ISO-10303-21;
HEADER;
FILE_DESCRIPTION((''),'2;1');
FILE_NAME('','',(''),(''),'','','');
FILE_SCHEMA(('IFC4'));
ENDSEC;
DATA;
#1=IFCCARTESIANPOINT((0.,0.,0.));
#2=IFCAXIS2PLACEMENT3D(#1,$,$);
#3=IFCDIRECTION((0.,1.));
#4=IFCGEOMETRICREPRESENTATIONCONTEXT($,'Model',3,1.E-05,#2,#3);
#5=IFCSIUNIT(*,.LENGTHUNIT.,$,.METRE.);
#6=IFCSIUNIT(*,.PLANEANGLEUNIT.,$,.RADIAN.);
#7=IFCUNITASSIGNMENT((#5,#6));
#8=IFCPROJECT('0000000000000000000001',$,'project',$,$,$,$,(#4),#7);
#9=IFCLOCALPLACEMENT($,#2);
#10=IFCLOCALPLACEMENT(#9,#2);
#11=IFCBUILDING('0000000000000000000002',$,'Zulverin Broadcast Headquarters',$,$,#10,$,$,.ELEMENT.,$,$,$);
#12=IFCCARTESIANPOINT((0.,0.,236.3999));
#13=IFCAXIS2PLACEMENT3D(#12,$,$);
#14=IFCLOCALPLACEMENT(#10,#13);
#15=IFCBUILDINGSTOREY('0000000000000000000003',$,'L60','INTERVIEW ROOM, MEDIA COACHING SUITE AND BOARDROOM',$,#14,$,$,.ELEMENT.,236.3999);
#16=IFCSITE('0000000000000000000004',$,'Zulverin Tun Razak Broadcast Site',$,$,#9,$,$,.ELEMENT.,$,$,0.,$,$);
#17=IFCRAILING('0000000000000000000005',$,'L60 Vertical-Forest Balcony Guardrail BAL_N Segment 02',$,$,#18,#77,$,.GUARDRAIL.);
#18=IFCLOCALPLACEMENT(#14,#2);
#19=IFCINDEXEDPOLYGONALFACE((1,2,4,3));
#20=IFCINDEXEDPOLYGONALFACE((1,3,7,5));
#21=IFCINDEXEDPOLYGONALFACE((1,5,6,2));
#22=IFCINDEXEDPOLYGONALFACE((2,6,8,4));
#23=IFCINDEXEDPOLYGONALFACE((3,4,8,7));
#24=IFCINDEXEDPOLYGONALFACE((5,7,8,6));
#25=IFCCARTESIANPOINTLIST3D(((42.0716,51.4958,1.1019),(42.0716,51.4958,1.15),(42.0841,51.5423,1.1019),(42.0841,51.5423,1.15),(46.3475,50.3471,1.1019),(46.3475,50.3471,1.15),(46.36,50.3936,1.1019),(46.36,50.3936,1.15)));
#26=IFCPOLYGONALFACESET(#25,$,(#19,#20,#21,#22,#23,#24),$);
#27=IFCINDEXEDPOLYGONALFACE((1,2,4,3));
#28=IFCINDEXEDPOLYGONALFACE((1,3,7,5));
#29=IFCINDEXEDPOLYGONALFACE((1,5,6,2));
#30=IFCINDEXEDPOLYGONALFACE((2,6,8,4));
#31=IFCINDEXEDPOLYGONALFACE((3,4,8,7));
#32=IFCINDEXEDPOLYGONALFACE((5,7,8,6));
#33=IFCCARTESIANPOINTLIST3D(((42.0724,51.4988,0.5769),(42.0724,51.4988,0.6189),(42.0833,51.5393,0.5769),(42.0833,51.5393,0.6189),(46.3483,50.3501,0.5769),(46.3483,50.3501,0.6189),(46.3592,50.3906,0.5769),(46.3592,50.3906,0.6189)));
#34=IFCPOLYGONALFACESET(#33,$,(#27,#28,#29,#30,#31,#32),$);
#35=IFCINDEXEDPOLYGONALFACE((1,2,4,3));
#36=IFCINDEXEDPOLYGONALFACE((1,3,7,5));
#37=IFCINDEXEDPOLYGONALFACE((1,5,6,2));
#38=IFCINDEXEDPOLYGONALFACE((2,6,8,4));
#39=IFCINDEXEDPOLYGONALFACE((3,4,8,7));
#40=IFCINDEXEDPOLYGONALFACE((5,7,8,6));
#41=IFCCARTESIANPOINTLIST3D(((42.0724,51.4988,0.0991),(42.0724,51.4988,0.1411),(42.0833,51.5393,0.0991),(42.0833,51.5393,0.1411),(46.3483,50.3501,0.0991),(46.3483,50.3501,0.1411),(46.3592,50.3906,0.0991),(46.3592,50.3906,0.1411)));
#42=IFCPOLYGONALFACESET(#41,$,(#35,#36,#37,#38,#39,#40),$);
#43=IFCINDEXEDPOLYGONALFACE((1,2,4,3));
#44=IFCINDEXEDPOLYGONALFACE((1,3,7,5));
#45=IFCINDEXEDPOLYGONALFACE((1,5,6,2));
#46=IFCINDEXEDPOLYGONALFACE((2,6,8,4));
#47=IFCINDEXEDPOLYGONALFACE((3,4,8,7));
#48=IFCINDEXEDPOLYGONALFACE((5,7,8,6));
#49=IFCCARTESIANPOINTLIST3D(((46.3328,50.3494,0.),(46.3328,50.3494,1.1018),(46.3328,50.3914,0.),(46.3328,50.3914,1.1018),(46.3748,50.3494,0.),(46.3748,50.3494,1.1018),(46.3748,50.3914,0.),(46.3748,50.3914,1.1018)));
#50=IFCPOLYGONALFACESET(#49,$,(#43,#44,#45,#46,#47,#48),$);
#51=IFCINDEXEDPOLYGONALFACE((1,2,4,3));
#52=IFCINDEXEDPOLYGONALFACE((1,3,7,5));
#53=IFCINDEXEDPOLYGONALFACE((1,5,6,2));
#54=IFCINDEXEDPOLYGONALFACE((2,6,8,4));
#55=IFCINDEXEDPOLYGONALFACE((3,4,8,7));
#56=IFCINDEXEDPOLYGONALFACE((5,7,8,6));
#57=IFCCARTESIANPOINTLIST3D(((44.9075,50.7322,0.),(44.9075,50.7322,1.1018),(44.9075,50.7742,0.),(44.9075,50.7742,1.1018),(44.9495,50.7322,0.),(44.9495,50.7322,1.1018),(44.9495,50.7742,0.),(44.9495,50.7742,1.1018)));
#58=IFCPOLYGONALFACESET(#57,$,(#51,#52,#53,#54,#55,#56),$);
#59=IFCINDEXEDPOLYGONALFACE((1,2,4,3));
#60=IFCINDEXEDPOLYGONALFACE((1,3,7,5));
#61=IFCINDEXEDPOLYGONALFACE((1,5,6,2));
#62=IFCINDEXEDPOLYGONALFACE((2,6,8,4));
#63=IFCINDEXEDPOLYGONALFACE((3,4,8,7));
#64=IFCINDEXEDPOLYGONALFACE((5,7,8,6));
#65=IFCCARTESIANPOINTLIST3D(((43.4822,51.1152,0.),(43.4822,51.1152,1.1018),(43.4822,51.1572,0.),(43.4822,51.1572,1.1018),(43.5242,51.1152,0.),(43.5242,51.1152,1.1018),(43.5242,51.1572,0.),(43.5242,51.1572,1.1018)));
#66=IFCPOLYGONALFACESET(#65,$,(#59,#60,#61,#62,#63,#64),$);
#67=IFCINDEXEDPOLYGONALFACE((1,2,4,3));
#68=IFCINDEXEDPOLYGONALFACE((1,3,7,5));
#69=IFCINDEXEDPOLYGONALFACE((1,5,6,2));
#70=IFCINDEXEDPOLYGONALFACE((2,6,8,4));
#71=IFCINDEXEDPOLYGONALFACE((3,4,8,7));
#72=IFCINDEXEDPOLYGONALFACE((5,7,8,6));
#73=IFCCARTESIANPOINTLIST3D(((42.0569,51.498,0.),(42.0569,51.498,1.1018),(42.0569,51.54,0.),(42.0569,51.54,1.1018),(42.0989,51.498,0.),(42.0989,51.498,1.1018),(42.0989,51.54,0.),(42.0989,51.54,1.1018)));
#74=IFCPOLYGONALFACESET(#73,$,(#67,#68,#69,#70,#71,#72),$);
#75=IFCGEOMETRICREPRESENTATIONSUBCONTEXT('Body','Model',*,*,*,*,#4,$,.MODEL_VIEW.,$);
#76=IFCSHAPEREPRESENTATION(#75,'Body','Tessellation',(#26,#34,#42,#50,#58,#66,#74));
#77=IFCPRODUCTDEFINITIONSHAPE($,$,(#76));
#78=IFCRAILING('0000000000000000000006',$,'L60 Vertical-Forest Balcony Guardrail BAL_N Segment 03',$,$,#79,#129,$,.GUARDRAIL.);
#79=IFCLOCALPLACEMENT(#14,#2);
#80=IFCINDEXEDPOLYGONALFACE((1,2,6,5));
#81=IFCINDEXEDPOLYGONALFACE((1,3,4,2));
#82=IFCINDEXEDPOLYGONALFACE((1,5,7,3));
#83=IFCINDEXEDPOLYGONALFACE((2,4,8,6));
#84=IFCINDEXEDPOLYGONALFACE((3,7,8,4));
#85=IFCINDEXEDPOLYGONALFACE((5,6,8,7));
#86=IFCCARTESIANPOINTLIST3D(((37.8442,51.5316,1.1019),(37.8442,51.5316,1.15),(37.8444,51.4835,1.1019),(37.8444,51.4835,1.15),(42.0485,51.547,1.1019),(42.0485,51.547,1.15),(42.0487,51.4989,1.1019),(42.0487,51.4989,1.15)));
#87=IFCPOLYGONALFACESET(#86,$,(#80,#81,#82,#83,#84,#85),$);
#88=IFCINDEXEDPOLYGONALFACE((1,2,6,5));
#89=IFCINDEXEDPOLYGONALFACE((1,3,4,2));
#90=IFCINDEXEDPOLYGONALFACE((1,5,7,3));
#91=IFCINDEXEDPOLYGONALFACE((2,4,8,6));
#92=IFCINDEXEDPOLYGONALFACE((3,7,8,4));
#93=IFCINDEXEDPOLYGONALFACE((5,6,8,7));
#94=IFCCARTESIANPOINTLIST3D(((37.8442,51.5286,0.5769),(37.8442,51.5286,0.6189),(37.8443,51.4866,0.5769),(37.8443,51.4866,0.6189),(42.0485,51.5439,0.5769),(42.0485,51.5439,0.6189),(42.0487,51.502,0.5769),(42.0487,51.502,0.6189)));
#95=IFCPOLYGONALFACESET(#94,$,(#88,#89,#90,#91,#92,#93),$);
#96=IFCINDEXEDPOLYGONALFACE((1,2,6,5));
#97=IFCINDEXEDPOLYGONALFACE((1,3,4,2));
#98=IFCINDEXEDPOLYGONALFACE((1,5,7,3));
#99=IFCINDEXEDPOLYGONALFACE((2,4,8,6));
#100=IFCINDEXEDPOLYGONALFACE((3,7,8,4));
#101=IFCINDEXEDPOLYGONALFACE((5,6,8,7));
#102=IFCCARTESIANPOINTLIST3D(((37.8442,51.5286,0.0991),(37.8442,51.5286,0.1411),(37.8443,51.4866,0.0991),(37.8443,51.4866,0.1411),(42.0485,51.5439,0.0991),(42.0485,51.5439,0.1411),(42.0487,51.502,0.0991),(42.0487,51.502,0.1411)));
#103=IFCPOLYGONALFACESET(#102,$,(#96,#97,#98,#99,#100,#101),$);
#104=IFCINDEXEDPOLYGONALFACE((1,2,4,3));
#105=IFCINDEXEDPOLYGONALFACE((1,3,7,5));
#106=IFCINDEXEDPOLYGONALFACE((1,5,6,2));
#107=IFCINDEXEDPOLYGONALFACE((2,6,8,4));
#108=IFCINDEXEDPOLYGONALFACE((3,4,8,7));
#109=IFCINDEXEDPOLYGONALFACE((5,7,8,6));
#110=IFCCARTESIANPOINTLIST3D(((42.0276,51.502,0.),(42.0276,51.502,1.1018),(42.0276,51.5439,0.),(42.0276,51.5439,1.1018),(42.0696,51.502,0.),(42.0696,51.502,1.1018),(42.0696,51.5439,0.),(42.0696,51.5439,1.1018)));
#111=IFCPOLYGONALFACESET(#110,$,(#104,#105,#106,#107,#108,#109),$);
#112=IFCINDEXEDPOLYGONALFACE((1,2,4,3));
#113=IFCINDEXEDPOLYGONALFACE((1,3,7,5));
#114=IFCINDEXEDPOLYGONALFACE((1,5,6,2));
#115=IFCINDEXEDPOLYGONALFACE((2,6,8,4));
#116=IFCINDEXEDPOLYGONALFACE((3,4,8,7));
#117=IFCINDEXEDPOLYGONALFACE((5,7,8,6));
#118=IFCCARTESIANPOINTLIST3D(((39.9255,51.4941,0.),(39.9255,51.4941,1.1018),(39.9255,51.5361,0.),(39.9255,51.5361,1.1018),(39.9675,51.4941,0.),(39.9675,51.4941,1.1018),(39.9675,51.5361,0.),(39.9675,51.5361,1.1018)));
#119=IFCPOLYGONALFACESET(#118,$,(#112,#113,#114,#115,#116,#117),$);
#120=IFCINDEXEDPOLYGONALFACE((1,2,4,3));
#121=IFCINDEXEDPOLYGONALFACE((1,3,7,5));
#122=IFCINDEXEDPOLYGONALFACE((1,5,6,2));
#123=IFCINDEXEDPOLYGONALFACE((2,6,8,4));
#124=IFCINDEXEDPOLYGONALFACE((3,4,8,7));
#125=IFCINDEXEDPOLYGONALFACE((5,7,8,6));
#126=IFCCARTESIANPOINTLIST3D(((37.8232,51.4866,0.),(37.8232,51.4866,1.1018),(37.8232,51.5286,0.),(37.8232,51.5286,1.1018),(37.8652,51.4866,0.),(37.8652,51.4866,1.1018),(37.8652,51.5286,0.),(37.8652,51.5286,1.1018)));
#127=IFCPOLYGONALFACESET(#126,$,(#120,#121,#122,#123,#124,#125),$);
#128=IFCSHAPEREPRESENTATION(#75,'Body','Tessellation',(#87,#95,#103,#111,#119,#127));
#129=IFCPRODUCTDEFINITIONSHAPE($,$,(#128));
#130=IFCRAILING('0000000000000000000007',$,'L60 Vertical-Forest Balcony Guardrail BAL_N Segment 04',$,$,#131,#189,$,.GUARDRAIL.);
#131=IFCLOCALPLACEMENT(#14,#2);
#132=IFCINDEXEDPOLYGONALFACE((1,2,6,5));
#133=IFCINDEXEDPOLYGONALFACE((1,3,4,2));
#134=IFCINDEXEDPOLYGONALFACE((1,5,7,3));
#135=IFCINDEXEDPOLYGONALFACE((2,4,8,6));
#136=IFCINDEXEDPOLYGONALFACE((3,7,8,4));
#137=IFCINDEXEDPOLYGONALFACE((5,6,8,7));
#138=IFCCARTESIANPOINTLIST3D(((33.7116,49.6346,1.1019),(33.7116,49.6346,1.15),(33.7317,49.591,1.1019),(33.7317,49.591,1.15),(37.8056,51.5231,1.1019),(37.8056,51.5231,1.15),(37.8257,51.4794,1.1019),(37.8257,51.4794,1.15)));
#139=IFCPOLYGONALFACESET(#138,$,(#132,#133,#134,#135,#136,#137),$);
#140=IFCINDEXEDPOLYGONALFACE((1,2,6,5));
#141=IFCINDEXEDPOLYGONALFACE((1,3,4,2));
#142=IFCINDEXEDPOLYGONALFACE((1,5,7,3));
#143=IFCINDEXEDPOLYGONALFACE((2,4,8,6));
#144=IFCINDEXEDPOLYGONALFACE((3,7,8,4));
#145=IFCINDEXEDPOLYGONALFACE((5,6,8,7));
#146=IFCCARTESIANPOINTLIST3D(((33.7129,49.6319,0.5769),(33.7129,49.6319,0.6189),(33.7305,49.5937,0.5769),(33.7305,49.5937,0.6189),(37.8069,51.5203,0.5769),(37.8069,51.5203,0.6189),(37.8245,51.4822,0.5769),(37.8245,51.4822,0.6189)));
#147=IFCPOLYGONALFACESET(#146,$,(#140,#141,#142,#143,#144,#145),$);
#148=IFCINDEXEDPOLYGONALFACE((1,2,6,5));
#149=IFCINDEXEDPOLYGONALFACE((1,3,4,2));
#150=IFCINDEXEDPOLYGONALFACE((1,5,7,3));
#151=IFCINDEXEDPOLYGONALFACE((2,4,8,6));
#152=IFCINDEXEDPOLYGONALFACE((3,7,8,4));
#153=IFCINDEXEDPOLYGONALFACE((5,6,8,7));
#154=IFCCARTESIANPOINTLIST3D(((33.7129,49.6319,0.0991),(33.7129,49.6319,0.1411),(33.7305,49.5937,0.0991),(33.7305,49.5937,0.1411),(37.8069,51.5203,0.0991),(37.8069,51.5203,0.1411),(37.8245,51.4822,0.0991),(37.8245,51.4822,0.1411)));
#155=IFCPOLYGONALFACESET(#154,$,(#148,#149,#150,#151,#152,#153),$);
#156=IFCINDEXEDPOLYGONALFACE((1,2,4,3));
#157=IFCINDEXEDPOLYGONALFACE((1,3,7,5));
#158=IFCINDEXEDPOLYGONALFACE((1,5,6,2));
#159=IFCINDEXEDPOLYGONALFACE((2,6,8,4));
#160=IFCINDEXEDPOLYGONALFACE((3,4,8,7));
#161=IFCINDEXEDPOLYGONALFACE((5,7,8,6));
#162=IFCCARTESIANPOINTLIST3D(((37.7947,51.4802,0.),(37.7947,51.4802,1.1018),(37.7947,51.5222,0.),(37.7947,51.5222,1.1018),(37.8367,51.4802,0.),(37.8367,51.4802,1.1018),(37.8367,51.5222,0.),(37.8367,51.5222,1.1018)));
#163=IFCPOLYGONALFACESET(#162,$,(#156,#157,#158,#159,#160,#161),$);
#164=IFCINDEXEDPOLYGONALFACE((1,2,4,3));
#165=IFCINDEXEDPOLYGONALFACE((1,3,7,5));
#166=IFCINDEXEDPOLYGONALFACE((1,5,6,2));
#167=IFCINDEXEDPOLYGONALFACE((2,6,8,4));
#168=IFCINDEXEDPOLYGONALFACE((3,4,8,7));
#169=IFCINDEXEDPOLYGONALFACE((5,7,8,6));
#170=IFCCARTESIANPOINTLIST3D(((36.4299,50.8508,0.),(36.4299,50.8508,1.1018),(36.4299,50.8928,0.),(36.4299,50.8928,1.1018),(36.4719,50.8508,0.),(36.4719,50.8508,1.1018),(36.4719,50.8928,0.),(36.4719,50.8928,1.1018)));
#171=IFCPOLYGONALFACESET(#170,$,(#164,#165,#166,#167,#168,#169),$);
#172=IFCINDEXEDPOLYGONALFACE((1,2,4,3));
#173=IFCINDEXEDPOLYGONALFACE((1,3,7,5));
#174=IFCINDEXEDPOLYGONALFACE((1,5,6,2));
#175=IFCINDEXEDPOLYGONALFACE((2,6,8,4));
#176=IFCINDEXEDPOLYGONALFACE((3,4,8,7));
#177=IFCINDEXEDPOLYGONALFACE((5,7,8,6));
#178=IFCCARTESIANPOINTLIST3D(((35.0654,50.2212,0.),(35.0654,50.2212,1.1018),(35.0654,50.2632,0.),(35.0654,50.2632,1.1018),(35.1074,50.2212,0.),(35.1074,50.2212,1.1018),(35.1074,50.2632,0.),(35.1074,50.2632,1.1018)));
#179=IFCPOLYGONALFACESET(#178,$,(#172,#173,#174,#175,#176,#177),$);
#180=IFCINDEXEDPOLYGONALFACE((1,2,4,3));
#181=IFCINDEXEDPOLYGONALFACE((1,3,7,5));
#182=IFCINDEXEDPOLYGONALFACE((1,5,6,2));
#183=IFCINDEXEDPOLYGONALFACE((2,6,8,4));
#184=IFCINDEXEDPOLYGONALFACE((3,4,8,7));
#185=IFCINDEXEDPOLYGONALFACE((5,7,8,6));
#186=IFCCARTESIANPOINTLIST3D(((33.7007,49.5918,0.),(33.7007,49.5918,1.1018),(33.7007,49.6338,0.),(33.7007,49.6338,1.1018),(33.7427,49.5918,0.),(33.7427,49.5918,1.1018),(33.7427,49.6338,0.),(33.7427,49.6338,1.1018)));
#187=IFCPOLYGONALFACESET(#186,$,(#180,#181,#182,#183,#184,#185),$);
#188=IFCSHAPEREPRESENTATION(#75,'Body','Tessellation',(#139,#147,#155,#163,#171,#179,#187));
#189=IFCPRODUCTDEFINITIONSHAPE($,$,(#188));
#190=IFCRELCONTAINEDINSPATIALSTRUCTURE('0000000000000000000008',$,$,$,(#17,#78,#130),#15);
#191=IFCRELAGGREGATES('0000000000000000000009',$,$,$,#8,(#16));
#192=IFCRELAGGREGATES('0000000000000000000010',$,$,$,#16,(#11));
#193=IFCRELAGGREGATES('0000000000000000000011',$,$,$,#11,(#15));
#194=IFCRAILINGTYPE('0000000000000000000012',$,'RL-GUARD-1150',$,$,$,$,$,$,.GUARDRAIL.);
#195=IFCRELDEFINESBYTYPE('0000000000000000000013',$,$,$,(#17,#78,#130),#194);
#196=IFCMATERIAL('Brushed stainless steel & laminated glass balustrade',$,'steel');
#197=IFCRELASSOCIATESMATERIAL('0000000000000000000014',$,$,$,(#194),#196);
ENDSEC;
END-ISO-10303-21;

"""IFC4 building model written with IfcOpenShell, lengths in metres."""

from ifc_helpers import new_model, si_unit, direction, frame, origin, origin_2d, place, context, subcontext, project, spatial, rectangle, extrude, material, type_object, element, save


model = new_model("IFC4")

# Units and contexts
model_context = context("Model", 3, precision=1e-05, world=origin(), true_north=direction((0.0, 1.0)))
body_context = subcontext(model_context, "Body", "Model", "MODEL_VIEW")
ifc_project = project(units=[si_unit("LENGTHUNIT", "METRE"), si_unit("PLANEANGLEUNIT", "RADIAN")], contexts=[model_context])

# Site, building, storey
site_placement = place(None, origin())
site = spatial("IfcSite", under=ifc_project, at=site_placement, Name="Zulverin Tun Razak Broadcast Site", CompositionType="ELEMENT", RefElevation=0.0)
building_placement = place(site_placement, origin())
building = spatial("IfcBuilding", under=site, at=building_placement, Name="Zulverin Broadcast Headquarters", CompositionType="ELEMENT")
storey_placement = place(building_placement, frame((0.0, 0.0, 236.3999)))
storey = spatial("IfcBuildingStorey", under=building, at=storey_placement, Name="L60", Description="INTERVIEW ROOM, MEDIA COACHING SUITE AND BOARDROOM", CompositionType="ELEMENT", Elevation=236.3999)

# Railings
ifc_material_1 = material(Name="Brushed stainless steel & laminated glass balustrade", Category="steel")
railing_type_1 = type_object("IfcRailingType", Name="RL-GUARD-1150", PredefinedType="GUARDRAIL", material=ifc_material_1)
railing_1_placement = place(storey_placement, frame((46.3538, 50.3704, 0.0)))
element("IfcRailing", 1, at=railing_1_placement, inside=storey, type_object=railing_type_1, Name="L60 Vertical-Forest Balcony Guardrail BAL_N Segment 02", PredefinedType="GUARDRAIL", context=body_context, shape_type="SweptSolid", body=[
    extrude(rectangle(XDim=0.0481, YDim=0.0481, at=origin_2d()), frame((0.0, 0.0, 1.126), z_axis=(-0.965758, 0.259443, 0.0), x_axis=(-0.259443, -0.965758, 0.0)), (0.0, 0.0, 1.0), 4.4275),
    extrude(rectangle(XDim=0.042, YDim=0.042, at=origin_2d()), frame((0.0, 0.0, 0.5979), z_axis=(-0.965758, 0.259443, 0.0), x_axis=(-0.259443, -0.965758, 0.0)), (0.0, 0.0, 1.0), 4.4275),
    extrude(rectangle(XDim=0.042, YDim=0.042, at=origin_2d()), frame((0.0, 0.0, 0.1201), z_axis=(-0.965758, 0.259443, 0.0), x_axis=(-0.259443, -0.965758, 0.0)), (0.0, 0.0, 1.0), 4.4275),
    extrude(rectangle(XDim=0.042, YDim=0.042, at=origin_2d()), origin(), (0.0, 0.0, 1.0), 1.1018),
    extrude(rectangle(XDim=0.042, YDim=0.042, at=origin_2d()), frame((-1.4253, 0.3828, 0.0)), (0.0, 0.0, 1.0), 1.1018),
    extrude(rectangle(XDim=0.042, YDim=0.042, at=origin_2d()), frame((-2.8506, 0.7659, 0.0)), (0.0, 0.0, 1.0), 1.1018),
    extrude(rectangle(XDim=0.042, YDim=0.042, at=origin_2d()), frame((-4.2759, 1.1487, 0.0)), (0.0, 0.0, 1.0), 1.1018),
])
railing_2_placement = place(storey_placement, frame((42.0486, 51.5229, 0.0)))
element("IfcRailing", 2, at=railing_2_placement, inside=storey, type_object=railing_type_1, Name="L60 Vertical-Forest Balcony Guardrail BAL_N Segment 03", PredefinedType="GUARDRAIL", context=body_context, shape_type="SweptSolid", body=[
    extrude(rectangle(XDim=0.0481, YDim=0.0481, at=origin_2d()), frame((0.0, 0.0, 1.126), z_axis=(-0.999993, -0.003658, 0.0), x_axis=(0.003658, -0.999993, 0.0)), (0.0, 0.0, 1.0), 4.2043),
    extrude(rectangle(XDim=0.042, YDim=0.042, at=origin_2d()), frame((0.0, 0.0, 0.5979), z_axis=(-0.999993, -0.003658, 0.0), x_axis=(0.003658, -0.999993, 0.0)), (0.0, 0.0, 1.0), 4.2043),
    extrude(rectangle(XDim=0.042, YDim=0.042, at=origin_2d()), frame((0.0, 0.0, 0.1201), z_axis=(-0.999993, -0.003658, 0.0), x_axis=(0.003658, -0.999993, 0.0)), (0.0, 0.0, 1.0), 4.2043),
    extrude(rectangle(XDim=0.042, YDim=0.042, at=origin_2d()), origin(), (0.0, 0.0, 1.0), 1.1018),
    extrude(rectangle(XDim=0.042, YDim=0.042, at=origin_2d()), frame((-2.1021, -0.0078, 0.0)), (0.0, 0.0, 1.0), 1.1018),
    extrude(rectangle(XDim=0.042, YDim=0.042, at=origin_2d()), frame((-4.2043, -0.0154, 0.0)), (0.0, 0.0, 1.0), 1.1018),
])
railing_3_placement = place(storey_placement, frame((37.8157, 51.5012, 0.0)))
element("IfcRailing", 3, at=railing_3_placement, inside=storey, type_object=railing_type_1, Name="L60 Vertical-Forest Balcony Guardrail BAL_N Segment 04", PredefinedType="GUARDRAIL", context=body_context, shape_type="SweptSolid", body=[
    extrude(rectangle(XDim=0.0481, YDim=0.0481, at=origin_2d()), frame((0.0, 0.0, 1.126), z_axis=(-0.908053, -0.418856, 0.0), x_axis=(0.418856, -0.908053, 0.0)), (0.0, 0.0, 1.0), 4.5085),
    extrude(rectangle(XDim=0.042, YDim=0.042, at=origin_2d()), frame((0.0, 0.0, 0.5979), z_axis=(-0.908053, -0.418856, 0.0), x_axis=(0.418856, -0.908053, 0.0)), (0.0, 0.0, 1.0), 4.5085),
    extrude(rectangle(XDim=0.042, YDim=0.042, at=origin_2d()), frame((0.0, 0.0, 0.1201), z_axis=(-0.908053, -0.418856, 0.0), x_axis=(0.418856, -0.908053, 0.0)), (0.0, 0.0, 1.0), 4.5085),
    extrude(rectangle(XDim=0.042, YDim=0.042, at=origin_2d()), origin(), (0.0, 0.0, 1.0), 1.1018),
    extrude(rectangle(XDim=0.042, YDim=0.042, at=origin_2d()), frame((-1.3647, -0.6294, 0.0)), (0.0, 0.0, 1.0), 1.1018),
    extrude(rectangle(XDim=0.042, YDim=0.042, at=origin_2d()), frame((-2.7292, -1.259, 0.0)), (0.0, 0.0, 1.0), 1.1018),
    extrude(rectangle(XDim=0.042, YDim=0.042, at=origin_2d()), frame((-4.094, -1.8884, 0.0)), (0.0, 0.0, 1.0), 1.1018),
])

save(model, "model.ifc")
